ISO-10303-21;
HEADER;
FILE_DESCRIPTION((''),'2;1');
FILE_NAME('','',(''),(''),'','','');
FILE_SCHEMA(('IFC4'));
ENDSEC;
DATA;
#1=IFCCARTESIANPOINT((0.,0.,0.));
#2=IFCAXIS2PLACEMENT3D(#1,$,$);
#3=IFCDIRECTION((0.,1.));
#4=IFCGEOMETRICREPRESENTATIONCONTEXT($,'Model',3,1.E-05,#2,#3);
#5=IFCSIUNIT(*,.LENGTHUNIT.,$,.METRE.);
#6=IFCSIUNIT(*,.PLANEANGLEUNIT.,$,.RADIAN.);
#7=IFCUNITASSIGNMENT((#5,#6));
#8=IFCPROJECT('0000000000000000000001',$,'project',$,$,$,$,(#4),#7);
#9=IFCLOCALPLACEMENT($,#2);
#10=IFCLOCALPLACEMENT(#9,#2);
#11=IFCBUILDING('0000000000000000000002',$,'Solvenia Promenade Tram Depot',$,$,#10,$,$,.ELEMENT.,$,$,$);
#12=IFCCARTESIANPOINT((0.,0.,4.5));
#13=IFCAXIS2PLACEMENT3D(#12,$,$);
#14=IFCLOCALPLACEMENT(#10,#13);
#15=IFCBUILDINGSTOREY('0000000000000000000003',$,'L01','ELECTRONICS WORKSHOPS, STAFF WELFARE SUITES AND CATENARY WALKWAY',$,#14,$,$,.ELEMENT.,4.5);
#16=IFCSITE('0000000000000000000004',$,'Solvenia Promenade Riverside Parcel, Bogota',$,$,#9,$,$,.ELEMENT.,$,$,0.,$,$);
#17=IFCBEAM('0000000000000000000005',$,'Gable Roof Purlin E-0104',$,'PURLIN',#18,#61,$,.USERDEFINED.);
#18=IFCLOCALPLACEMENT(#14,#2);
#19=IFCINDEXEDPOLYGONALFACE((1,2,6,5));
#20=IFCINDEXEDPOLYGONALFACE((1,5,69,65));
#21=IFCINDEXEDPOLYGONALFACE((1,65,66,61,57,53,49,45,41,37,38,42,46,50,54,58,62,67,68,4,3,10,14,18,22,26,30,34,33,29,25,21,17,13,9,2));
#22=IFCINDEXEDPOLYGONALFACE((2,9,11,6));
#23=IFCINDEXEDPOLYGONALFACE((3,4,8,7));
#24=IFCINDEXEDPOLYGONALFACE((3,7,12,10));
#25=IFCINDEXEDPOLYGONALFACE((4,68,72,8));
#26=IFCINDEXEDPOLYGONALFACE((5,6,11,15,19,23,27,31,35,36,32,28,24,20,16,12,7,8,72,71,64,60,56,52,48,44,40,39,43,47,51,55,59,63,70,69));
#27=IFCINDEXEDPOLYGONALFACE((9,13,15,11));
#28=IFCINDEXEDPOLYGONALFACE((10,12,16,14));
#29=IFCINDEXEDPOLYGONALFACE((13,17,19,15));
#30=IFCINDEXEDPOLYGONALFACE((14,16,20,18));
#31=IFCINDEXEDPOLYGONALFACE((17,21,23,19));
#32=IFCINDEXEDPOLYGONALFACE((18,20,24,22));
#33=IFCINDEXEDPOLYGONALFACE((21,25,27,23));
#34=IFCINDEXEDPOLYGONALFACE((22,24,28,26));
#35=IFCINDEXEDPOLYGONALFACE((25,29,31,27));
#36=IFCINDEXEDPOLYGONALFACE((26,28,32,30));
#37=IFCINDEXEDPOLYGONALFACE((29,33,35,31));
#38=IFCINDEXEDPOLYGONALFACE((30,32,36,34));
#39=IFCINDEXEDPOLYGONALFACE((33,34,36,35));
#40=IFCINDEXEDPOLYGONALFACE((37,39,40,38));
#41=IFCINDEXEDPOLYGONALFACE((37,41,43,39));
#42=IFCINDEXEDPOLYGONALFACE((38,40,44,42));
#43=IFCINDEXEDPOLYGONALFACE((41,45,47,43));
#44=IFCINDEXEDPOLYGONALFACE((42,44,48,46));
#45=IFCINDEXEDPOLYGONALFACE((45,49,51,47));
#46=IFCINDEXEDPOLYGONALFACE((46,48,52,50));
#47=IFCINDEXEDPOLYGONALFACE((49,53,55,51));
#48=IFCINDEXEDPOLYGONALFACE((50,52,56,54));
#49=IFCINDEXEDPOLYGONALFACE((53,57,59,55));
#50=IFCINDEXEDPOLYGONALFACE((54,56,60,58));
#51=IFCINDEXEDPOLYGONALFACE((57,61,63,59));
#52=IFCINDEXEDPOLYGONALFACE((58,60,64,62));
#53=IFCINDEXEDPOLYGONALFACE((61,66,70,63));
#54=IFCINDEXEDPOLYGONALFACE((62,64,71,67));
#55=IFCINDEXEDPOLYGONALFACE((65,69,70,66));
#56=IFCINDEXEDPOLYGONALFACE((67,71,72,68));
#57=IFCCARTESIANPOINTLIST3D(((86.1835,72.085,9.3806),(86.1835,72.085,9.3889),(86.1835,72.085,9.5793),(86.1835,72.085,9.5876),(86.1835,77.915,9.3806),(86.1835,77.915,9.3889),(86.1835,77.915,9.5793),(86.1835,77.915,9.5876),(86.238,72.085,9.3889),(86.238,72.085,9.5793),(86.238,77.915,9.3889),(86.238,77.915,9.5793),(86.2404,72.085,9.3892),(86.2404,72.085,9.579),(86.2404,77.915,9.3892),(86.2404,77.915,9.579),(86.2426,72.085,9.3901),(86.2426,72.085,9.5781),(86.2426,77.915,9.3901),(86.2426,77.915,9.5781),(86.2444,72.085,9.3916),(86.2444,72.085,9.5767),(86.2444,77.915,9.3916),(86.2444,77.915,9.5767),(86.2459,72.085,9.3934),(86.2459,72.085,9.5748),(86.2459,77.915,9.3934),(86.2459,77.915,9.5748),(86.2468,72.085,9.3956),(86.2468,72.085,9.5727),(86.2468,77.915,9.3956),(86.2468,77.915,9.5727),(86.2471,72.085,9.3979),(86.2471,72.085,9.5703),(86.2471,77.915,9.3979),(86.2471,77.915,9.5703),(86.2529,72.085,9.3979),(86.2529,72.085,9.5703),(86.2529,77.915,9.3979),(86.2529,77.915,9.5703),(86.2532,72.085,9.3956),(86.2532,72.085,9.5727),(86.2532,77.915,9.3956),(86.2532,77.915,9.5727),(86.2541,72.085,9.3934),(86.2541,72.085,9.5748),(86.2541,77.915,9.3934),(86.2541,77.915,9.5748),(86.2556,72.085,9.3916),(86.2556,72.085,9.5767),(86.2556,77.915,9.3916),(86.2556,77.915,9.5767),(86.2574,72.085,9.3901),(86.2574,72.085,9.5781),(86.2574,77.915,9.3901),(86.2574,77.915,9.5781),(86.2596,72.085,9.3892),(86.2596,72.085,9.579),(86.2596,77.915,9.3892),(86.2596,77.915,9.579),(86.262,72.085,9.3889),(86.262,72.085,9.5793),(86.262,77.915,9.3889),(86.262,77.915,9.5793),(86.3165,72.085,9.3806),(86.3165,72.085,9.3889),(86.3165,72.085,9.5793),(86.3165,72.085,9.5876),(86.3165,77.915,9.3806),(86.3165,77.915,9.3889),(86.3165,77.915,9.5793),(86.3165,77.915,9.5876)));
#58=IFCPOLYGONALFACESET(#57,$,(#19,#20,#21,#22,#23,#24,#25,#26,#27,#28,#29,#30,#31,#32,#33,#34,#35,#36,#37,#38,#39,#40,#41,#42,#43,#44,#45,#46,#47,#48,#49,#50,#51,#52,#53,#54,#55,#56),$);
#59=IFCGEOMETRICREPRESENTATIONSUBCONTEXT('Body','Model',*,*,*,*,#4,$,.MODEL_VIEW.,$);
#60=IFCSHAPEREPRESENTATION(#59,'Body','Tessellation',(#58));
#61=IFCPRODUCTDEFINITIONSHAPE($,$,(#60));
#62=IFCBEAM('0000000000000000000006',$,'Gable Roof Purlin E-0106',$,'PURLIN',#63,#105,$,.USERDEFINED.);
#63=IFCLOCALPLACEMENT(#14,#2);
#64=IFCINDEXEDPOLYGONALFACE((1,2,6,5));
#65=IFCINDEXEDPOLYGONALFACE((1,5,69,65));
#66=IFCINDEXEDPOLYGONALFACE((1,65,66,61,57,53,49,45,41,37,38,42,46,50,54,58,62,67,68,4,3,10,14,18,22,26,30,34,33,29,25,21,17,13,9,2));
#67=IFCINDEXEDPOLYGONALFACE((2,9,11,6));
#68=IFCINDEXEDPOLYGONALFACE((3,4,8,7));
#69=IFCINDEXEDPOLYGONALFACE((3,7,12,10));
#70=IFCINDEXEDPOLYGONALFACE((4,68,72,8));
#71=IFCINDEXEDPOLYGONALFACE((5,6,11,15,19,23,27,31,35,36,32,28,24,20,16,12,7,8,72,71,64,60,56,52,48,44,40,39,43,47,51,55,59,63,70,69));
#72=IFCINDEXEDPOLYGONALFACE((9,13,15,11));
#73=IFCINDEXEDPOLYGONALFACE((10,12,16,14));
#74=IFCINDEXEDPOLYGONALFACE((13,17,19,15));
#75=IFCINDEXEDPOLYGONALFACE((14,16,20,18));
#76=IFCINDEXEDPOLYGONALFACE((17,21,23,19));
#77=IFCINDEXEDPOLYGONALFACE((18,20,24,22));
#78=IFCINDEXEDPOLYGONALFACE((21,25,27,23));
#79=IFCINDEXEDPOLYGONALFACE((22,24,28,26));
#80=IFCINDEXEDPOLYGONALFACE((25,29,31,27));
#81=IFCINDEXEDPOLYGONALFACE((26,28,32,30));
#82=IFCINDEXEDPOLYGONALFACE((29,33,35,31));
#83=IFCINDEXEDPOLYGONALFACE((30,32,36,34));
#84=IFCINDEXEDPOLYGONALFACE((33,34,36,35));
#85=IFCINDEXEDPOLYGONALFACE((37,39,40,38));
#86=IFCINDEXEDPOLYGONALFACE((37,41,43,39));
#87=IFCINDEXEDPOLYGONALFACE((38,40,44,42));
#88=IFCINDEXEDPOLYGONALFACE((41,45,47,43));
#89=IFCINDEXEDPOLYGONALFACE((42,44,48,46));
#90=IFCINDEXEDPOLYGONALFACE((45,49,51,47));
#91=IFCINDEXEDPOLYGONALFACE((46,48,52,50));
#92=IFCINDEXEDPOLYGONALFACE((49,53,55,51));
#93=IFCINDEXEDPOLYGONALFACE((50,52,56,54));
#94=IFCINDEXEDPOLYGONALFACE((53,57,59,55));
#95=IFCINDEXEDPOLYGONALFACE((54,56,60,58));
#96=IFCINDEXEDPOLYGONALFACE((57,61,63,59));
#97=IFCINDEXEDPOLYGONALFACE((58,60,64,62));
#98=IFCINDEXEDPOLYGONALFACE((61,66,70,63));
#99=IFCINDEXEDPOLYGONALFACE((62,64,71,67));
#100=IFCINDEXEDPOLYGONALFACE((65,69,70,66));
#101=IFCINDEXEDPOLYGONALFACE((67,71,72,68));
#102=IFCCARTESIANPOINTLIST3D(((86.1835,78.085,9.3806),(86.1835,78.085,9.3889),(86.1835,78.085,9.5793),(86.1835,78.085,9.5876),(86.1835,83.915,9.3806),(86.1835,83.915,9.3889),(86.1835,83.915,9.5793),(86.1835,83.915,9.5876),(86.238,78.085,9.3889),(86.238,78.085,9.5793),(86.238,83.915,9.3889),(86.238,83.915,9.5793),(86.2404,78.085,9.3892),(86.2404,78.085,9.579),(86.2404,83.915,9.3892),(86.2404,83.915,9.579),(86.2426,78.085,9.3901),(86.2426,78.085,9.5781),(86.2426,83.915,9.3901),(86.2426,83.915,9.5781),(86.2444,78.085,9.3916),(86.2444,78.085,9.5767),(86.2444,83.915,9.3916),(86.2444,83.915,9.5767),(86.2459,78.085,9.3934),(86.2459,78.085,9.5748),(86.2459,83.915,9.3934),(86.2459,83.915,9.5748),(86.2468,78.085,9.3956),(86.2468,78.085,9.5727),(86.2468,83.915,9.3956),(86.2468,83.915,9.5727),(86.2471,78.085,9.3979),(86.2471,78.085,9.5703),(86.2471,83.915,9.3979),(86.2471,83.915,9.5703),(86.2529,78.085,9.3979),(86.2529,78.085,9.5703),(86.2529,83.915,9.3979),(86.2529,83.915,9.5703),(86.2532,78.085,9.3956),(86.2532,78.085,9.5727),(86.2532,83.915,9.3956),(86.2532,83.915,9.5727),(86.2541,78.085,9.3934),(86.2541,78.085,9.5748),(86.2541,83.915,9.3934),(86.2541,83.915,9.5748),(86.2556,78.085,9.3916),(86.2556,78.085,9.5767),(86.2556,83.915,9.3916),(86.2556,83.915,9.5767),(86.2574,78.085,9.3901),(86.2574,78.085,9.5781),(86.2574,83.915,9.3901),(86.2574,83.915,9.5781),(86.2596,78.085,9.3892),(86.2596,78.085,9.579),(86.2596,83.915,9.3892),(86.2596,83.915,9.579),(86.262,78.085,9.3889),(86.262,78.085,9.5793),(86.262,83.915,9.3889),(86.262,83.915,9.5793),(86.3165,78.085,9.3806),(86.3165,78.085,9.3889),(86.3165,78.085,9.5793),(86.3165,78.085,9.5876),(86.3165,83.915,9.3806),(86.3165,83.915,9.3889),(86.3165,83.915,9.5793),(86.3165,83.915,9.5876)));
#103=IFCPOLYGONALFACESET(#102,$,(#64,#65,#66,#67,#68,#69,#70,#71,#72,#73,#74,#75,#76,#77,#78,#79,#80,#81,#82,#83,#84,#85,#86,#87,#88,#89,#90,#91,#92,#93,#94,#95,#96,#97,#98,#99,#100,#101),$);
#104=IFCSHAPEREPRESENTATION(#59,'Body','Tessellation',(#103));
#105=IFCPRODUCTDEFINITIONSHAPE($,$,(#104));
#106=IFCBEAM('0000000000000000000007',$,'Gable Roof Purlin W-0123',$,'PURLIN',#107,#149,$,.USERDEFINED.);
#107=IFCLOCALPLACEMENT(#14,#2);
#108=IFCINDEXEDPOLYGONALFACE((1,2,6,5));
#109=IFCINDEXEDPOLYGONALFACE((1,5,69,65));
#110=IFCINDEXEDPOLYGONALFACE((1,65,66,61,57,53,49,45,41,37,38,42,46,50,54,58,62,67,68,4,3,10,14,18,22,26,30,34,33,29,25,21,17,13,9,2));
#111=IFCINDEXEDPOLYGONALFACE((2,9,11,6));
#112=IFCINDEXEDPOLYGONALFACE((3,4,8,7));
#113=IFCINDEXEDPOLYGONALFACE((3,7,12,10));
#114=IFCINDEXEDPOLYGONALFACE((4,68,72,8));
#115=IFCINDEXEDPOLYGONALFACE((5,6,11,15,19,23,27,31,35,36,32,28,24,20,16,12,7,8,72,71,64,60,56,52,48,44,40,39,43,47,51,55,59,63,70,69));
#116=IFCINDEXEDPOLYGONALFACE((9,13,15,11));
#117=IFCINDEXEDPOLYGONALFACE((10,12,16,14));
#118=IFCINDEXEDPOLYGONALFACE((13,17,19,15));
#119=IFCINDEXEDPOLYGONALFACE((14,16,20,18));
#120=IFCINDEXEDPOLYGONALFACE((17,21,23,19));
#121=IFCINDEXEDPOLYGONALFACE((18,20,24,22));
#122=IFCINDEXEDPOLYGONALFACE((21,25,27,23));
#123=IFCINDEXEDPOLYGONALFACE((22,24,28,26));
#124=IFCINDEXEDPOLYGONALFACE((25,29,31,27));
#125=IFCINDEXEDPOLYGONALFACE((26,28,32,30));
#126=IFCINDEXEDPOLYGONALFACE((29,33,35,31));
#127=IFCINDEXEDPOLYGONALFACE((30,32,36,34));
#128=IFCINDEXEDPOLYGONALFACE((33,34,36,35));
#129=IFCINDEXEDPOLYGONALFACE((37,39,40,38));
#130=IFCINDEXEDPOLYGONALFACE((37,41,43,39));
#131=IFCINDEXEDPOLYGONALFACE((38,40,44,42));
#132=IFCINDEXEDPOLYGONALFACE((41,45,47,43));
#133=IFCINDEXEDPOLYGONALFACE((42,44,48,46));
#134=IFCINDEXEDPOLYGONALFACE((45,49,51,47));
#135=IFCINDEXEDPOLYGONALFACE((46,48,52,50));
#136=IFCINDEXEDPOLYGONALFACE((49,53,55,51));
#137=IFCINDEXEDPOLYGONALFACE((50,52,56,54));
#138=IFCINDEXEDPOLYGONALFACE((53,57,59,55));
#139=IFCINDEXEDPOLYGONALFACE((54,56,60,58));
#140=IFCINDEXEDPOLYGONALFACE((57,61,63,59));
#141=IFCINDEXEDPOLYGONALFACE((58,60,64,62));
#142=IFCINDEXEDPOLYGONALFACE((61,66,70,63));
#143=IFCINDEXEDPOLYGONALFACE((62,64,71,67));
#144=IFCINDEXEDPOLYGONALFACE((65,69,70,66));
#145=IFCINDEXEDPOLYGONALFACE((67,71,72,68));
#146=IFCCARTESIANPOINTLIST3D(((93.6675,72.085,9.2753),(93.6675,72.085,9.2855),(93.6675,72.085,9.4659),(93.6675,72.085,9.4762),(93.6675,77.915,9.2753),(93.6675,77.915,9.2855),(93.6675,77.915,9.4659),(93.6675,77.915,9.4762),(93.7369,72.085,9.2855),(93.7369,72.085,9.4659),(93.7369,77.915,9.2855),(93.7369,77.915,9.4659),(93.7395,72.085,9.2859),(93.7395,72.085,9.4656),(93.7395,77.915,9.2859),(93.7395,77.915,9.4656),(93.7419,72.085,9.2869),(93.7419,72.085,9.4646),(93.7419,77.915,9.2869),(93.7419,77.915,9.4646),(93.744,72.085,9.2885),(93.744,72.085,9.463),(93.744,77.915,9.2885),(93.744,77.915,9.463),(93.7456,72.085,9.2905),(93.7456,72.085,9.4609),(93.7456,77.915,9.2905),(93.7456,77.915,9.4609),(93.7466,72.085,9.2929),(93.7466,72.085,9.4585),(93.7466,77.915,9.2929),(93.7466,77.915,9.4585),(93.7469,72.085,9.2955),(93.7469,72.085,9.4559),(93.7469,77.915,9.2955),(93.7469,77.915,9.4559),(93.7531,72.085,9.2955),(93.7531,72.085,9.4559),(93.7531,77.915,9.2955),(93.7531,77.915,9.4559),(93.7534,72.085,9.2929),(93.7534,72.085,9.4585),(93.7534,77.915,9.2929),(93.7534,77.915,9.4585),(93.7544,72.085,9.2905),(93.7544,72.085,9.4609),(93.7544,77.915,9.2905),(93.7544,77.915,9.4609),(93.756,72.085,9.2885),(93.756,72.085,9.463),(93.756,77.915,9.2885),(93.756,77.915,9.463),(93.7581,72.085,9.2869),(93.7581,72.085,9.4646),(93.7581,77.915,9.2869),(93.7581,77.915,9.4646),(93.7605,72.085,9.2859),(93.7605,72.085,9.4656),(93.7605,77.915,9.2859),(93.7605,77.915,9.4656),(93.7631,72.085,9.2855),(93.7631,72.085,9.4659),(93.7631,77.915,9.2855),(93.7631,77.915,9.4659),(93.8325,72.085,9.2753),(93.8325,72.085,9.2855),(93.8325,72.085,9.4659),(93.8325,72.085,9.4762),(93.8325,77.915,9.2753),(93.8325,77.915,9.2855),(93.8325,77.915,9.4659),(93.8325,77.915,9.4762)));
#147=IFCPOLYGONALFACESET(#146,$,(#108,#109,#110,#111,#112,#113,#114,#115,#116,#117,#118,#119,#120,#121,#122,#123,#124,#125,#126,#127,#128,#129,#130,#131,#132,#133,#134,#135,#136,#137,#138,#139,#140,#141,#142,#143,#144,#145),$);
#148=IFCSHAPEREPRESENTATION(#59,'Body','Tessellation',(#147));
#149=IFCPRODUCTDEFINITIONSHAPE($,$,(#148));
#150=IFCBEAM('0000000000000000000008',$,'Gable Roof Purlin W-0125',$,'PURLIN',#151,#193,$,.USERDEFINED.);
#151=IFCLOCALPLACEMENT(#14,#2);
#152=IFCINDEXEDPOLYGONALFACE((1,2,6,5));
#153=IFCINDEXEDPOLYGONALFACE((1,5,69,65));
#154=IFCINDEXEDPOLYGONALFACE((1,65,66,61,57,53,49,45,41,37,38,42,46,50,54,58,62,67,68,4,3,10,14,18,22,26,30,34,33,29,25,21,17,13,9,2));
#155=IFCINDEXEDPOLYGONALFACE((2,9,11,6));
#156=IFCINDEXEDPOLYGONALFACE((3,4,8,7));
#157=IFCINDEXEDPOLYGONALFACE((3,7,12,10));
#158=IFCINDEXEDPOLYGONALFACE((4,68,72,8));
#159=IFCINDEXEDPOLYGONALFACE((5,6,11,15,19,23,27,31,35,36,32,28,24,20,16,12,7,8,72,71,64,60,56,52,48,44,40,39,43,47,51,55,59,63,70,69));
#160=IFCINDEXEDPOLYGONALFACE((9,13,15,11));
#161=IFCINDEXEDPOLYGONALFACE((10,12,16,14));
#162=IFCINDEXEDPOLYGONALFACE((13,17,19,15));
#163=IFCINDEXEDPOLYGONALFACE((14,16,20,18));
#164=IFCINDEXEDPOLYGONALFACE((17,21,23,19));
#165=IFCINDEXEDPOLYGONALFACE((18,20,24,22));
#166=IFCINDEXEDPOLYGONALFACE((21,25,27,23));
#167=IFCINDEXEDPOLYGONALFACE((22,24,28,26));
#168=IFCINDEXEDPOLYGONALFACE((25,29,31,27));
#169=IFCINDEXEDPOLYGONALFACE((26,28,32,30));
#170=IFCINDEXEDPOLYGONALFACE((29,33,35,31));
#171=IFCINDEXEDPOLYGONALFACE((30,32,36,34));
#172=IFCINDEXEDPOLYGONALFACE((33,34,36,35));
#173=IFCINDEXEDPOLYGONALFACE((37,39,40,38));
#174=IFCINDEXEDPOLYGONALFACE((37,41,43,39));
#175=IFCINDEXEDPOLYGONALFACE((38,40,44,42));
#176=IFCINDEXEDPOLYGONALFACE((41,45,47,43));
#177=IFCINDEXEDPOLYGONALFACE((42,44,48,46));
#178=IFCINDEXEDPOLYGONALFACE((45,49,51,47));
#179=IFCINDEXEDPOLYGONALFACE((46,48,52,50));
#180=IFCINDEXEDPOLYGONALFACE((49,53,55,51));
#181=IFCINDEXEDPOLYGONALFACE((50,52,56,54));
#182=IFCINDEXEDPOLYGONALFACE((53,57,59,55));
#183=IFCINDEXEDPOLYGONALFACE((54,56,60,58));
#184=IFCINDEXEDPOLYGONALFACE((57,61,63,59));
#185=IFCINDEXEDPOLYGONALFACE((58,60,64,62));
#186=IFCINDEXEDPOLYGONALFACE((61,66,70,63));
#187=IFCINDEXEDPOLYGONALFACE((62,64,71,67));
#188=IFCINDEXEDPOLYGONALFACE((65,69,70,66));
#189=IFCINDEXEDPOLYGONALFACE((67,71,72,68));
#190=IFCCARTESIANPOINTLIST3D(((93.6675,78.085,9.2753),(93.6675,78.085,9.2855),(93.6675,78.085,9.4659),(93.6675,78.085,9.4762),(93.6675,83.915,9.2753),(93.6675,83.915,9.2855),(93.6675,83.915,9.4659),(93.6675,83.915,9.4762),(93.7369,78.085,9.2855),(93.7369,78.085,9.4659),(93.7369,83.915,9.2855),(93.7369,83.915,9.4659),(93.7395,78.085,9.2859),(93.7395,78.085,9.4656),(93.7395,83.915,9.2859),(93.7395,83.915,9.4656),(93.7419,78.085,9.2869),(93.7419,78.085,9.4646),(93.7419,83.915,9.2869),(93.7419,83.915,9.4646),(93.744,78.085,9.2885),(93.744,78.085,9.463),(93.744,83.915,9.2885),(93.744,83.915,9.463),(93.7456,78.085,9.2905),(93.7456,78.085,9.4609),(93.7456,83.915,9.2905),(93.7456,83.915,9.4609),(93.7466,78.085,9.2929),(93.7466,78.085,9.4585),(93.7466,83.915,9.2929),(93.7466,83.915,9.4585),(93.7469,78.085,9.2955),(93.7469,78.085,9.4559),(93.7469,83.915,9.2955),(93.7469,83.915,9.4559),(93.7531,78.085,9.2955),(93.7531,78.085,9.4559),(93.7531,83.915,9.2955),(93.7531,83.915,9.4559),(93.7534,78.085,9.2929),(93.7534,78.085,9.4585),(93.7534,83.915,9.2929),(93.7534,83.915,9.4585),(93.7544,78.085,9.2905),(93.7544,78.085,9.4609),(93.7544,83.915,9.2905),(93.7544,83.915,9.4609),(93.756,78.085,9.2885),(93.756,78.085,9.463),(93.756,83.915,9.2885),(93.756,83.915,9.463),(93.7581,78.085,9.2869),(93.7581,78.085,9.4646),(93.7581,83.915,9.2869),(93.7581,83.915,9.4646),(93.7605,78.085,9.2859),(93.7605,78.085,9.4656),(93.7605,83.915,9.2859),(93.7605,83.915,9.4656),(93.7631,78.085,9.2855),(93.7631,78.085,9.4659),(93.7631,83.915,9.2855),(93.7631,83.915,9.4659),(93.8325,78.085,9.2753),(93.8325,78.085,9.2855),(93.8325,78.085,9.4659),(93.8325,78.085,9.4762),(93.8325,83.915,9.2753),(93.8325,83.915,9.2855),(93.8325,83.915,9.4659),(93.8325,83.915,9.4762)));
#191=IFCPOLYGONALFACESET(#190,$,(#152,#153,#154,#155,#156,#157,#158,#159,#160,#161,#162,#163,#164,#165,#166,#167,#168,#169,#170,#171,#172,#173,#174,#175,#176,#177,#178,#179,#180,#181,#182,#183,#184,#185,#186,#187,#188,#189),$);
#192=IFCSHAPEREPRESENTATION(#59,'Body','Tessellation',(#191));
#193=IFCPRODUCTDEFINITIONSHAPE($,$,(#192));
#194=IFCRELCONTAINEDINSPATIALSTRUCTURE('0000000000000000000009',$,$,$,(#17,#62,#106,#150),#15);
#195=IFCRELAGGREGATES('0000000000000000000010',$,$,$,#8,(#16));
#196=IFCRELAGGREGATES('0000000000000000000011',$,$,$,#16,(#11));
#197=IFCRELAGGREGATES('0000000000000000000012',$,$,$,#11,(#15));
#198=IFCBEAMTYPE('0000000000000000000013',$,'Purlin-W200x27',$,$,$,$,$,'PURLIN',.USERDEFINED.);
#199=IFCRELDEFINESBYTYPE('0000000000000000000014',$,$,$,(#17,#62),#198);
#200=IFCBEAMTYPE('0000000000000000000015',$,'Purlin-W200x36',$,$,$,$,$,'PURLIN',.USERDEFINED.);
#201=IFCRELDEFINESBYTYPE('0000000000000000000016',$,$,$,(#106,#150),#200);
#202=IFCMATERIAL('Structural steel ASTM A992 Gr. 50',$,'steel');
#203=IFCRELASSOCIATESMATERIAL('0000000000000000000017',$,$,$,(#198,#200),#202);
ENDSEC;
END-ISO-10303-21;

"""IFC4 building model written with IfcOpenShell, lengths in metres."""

from ifc_helpers import new_model, si_unit, direction, frame, origin, origin_2d, place, context, subcontext, project, spatial, i_section, extrude, material, material_profile, profile_set, type_object, element, save


model = new_model("IFC4")

# Units and contexts
model_context = context("Model", 3, precision=1e-05, world=origin(), true_north=direction((0.0, 1.0)))
body_context = subcontext(model_context, "Body", "Model", "MODEL_VIEW")
ifc_project = project(units=[si_unit("LENGTHUNIT", "METRE"), si_unit("PLANEANGLEUNIT", "RADIAN")], contexts=[model_context])

# Site, building, storey
site_placement = place(None, origin())
site = spatial("IfcSite", under=ifc_project, at=site_placement, Name="Solvenia Promenade Riverside Parcel, Bogota", CompositionType="ELEMENT", RefElevation=0.0)
building_placement = place(site_placement, origin())
building = spatial("IfcBuilding", under=site, at=building_placement, Name="Solvenia Promenade Tram Depot", CompositionType="ELEMENT")
storey_placement = place(building_placement, frame((0.0, 0.0, 4.5)))
storey = spatial("IfcBuildingStorey", under=building, at=storey_placement, Name="L01", Description="ELECTRONICS WORKSHOPS, STAFF WELFARE SUITES AND CATENARY WALKWAY", CompositionType="ELEMENT", Elevation=4.5)

# Shared definitions
ifc_material_1 = material(Name="Structural steel ASTM A992 Gr. 50", Category="steel")

# Beams
ifc_material_profile_1 = material_profile(ifc_material_1, i_section(OverallWidth=0.1331, OverallDepth=0.207, WebThickness=0.0059, FlangeThickness=0.0083, FilletRadius=0.009, at=origin_2d()), Name="W200x27", Category="steel")
ifc_profile_set_1 = profile_set([ifc_material_profile_1], Name="Structural steel ASTM A992 Gr. 50")
beam_type_1 = type_object("IfcBeamType", Name="Purlin-W200x27", ElementType="PURLIN", PredefinedType="USERDEFINED", material=ifc_profile_set_1)
for number, where, z_axis, x_axis, name in (
    (1, (86.25, 72.085, 9.4841), (0.0, 1.0, 0.0), (-1.0, 0.0, 0.0), "Gable Roof Purlin E-0104"),
    (2, (86.25, 78.085, 9.4841), (0.0, 1.0, 0.0), (-1.0, 0.0, 0.0), "Gable Roof Purlin E-0106"),
):
    element("IfcBeam", number, at=place(storey_placement, frame(where, z_axis=z_axis, x_axis=x_axis)), inside=storey, type_object=beam_type_1, Name=name, ObjectType="PURLIN", PredefinedType="USERDEFINED", context=body_context, shape_type="SweptSolid", body=[
        extrude(i_section(OverallWidth=0.1331, OverallDepth=0.207, WebThickness=0.0059, FlangeThickness=0.0083, FilletRadius=0.009, at=origin_2d()), origin(), (0.0, 0.0, 1.0), 5.8301),
    ])
ifc_material_profile_2 = material_profile(ifc_material_1, i_section(OverallWidth=0.165, OverallDepth=0.2009, WebThickness=0.0061, FlangeThickness=0.0103, FilletRadius=0.01, at=origin_2d()), Name="W200x36", Category="steel")
ifc_profile_set_2 = profile_set([ifc_material_profile_2], Name="Structural steel ASTM A992 Gr. 50")
beam_type_2 = type_object("IfcBeamType", Name="Purlin-W200x36", ElementType="PURLIN", PredefinedType="USERDEFINED", material=ifc_profile_set_2)
for number, where, z_axis, x_axis, name in (
    (3, (93.75, 72.085, 9.3757), (0.0, 1.0, 0.0), (-1.0, 0.0, 0.0), "Gable Roof Purlin W-0123"),
    (4, (93.75, 78.085, 9.3757), (0.0, 1.0, 0.0), (-1.0, 0.0, 0.0), "Gable Roof Purlin W-0125"),
):
    element("IfcBeam", number, at=place(storey_placement, frame(where, z_axis=z_axis, x_axis=x_axis)), inside=storey, type_object=beam_type_2, Name=name, ObjectType="PURLIN", PredefinedType="USERDEFINED", context=body_context, shape_type="SweptSolid", body=[
        extrude(i_section(OverallWidth=0.165, OverallDepth=0.2009, WebThickness=0.0061, FlangeThickness=0.0103, FilletRadius=0.01, at=origin_2d()), origin(), (0.0, 0.0, 1.0), 5.8301),
    ])

save(model, "model.ifc")
